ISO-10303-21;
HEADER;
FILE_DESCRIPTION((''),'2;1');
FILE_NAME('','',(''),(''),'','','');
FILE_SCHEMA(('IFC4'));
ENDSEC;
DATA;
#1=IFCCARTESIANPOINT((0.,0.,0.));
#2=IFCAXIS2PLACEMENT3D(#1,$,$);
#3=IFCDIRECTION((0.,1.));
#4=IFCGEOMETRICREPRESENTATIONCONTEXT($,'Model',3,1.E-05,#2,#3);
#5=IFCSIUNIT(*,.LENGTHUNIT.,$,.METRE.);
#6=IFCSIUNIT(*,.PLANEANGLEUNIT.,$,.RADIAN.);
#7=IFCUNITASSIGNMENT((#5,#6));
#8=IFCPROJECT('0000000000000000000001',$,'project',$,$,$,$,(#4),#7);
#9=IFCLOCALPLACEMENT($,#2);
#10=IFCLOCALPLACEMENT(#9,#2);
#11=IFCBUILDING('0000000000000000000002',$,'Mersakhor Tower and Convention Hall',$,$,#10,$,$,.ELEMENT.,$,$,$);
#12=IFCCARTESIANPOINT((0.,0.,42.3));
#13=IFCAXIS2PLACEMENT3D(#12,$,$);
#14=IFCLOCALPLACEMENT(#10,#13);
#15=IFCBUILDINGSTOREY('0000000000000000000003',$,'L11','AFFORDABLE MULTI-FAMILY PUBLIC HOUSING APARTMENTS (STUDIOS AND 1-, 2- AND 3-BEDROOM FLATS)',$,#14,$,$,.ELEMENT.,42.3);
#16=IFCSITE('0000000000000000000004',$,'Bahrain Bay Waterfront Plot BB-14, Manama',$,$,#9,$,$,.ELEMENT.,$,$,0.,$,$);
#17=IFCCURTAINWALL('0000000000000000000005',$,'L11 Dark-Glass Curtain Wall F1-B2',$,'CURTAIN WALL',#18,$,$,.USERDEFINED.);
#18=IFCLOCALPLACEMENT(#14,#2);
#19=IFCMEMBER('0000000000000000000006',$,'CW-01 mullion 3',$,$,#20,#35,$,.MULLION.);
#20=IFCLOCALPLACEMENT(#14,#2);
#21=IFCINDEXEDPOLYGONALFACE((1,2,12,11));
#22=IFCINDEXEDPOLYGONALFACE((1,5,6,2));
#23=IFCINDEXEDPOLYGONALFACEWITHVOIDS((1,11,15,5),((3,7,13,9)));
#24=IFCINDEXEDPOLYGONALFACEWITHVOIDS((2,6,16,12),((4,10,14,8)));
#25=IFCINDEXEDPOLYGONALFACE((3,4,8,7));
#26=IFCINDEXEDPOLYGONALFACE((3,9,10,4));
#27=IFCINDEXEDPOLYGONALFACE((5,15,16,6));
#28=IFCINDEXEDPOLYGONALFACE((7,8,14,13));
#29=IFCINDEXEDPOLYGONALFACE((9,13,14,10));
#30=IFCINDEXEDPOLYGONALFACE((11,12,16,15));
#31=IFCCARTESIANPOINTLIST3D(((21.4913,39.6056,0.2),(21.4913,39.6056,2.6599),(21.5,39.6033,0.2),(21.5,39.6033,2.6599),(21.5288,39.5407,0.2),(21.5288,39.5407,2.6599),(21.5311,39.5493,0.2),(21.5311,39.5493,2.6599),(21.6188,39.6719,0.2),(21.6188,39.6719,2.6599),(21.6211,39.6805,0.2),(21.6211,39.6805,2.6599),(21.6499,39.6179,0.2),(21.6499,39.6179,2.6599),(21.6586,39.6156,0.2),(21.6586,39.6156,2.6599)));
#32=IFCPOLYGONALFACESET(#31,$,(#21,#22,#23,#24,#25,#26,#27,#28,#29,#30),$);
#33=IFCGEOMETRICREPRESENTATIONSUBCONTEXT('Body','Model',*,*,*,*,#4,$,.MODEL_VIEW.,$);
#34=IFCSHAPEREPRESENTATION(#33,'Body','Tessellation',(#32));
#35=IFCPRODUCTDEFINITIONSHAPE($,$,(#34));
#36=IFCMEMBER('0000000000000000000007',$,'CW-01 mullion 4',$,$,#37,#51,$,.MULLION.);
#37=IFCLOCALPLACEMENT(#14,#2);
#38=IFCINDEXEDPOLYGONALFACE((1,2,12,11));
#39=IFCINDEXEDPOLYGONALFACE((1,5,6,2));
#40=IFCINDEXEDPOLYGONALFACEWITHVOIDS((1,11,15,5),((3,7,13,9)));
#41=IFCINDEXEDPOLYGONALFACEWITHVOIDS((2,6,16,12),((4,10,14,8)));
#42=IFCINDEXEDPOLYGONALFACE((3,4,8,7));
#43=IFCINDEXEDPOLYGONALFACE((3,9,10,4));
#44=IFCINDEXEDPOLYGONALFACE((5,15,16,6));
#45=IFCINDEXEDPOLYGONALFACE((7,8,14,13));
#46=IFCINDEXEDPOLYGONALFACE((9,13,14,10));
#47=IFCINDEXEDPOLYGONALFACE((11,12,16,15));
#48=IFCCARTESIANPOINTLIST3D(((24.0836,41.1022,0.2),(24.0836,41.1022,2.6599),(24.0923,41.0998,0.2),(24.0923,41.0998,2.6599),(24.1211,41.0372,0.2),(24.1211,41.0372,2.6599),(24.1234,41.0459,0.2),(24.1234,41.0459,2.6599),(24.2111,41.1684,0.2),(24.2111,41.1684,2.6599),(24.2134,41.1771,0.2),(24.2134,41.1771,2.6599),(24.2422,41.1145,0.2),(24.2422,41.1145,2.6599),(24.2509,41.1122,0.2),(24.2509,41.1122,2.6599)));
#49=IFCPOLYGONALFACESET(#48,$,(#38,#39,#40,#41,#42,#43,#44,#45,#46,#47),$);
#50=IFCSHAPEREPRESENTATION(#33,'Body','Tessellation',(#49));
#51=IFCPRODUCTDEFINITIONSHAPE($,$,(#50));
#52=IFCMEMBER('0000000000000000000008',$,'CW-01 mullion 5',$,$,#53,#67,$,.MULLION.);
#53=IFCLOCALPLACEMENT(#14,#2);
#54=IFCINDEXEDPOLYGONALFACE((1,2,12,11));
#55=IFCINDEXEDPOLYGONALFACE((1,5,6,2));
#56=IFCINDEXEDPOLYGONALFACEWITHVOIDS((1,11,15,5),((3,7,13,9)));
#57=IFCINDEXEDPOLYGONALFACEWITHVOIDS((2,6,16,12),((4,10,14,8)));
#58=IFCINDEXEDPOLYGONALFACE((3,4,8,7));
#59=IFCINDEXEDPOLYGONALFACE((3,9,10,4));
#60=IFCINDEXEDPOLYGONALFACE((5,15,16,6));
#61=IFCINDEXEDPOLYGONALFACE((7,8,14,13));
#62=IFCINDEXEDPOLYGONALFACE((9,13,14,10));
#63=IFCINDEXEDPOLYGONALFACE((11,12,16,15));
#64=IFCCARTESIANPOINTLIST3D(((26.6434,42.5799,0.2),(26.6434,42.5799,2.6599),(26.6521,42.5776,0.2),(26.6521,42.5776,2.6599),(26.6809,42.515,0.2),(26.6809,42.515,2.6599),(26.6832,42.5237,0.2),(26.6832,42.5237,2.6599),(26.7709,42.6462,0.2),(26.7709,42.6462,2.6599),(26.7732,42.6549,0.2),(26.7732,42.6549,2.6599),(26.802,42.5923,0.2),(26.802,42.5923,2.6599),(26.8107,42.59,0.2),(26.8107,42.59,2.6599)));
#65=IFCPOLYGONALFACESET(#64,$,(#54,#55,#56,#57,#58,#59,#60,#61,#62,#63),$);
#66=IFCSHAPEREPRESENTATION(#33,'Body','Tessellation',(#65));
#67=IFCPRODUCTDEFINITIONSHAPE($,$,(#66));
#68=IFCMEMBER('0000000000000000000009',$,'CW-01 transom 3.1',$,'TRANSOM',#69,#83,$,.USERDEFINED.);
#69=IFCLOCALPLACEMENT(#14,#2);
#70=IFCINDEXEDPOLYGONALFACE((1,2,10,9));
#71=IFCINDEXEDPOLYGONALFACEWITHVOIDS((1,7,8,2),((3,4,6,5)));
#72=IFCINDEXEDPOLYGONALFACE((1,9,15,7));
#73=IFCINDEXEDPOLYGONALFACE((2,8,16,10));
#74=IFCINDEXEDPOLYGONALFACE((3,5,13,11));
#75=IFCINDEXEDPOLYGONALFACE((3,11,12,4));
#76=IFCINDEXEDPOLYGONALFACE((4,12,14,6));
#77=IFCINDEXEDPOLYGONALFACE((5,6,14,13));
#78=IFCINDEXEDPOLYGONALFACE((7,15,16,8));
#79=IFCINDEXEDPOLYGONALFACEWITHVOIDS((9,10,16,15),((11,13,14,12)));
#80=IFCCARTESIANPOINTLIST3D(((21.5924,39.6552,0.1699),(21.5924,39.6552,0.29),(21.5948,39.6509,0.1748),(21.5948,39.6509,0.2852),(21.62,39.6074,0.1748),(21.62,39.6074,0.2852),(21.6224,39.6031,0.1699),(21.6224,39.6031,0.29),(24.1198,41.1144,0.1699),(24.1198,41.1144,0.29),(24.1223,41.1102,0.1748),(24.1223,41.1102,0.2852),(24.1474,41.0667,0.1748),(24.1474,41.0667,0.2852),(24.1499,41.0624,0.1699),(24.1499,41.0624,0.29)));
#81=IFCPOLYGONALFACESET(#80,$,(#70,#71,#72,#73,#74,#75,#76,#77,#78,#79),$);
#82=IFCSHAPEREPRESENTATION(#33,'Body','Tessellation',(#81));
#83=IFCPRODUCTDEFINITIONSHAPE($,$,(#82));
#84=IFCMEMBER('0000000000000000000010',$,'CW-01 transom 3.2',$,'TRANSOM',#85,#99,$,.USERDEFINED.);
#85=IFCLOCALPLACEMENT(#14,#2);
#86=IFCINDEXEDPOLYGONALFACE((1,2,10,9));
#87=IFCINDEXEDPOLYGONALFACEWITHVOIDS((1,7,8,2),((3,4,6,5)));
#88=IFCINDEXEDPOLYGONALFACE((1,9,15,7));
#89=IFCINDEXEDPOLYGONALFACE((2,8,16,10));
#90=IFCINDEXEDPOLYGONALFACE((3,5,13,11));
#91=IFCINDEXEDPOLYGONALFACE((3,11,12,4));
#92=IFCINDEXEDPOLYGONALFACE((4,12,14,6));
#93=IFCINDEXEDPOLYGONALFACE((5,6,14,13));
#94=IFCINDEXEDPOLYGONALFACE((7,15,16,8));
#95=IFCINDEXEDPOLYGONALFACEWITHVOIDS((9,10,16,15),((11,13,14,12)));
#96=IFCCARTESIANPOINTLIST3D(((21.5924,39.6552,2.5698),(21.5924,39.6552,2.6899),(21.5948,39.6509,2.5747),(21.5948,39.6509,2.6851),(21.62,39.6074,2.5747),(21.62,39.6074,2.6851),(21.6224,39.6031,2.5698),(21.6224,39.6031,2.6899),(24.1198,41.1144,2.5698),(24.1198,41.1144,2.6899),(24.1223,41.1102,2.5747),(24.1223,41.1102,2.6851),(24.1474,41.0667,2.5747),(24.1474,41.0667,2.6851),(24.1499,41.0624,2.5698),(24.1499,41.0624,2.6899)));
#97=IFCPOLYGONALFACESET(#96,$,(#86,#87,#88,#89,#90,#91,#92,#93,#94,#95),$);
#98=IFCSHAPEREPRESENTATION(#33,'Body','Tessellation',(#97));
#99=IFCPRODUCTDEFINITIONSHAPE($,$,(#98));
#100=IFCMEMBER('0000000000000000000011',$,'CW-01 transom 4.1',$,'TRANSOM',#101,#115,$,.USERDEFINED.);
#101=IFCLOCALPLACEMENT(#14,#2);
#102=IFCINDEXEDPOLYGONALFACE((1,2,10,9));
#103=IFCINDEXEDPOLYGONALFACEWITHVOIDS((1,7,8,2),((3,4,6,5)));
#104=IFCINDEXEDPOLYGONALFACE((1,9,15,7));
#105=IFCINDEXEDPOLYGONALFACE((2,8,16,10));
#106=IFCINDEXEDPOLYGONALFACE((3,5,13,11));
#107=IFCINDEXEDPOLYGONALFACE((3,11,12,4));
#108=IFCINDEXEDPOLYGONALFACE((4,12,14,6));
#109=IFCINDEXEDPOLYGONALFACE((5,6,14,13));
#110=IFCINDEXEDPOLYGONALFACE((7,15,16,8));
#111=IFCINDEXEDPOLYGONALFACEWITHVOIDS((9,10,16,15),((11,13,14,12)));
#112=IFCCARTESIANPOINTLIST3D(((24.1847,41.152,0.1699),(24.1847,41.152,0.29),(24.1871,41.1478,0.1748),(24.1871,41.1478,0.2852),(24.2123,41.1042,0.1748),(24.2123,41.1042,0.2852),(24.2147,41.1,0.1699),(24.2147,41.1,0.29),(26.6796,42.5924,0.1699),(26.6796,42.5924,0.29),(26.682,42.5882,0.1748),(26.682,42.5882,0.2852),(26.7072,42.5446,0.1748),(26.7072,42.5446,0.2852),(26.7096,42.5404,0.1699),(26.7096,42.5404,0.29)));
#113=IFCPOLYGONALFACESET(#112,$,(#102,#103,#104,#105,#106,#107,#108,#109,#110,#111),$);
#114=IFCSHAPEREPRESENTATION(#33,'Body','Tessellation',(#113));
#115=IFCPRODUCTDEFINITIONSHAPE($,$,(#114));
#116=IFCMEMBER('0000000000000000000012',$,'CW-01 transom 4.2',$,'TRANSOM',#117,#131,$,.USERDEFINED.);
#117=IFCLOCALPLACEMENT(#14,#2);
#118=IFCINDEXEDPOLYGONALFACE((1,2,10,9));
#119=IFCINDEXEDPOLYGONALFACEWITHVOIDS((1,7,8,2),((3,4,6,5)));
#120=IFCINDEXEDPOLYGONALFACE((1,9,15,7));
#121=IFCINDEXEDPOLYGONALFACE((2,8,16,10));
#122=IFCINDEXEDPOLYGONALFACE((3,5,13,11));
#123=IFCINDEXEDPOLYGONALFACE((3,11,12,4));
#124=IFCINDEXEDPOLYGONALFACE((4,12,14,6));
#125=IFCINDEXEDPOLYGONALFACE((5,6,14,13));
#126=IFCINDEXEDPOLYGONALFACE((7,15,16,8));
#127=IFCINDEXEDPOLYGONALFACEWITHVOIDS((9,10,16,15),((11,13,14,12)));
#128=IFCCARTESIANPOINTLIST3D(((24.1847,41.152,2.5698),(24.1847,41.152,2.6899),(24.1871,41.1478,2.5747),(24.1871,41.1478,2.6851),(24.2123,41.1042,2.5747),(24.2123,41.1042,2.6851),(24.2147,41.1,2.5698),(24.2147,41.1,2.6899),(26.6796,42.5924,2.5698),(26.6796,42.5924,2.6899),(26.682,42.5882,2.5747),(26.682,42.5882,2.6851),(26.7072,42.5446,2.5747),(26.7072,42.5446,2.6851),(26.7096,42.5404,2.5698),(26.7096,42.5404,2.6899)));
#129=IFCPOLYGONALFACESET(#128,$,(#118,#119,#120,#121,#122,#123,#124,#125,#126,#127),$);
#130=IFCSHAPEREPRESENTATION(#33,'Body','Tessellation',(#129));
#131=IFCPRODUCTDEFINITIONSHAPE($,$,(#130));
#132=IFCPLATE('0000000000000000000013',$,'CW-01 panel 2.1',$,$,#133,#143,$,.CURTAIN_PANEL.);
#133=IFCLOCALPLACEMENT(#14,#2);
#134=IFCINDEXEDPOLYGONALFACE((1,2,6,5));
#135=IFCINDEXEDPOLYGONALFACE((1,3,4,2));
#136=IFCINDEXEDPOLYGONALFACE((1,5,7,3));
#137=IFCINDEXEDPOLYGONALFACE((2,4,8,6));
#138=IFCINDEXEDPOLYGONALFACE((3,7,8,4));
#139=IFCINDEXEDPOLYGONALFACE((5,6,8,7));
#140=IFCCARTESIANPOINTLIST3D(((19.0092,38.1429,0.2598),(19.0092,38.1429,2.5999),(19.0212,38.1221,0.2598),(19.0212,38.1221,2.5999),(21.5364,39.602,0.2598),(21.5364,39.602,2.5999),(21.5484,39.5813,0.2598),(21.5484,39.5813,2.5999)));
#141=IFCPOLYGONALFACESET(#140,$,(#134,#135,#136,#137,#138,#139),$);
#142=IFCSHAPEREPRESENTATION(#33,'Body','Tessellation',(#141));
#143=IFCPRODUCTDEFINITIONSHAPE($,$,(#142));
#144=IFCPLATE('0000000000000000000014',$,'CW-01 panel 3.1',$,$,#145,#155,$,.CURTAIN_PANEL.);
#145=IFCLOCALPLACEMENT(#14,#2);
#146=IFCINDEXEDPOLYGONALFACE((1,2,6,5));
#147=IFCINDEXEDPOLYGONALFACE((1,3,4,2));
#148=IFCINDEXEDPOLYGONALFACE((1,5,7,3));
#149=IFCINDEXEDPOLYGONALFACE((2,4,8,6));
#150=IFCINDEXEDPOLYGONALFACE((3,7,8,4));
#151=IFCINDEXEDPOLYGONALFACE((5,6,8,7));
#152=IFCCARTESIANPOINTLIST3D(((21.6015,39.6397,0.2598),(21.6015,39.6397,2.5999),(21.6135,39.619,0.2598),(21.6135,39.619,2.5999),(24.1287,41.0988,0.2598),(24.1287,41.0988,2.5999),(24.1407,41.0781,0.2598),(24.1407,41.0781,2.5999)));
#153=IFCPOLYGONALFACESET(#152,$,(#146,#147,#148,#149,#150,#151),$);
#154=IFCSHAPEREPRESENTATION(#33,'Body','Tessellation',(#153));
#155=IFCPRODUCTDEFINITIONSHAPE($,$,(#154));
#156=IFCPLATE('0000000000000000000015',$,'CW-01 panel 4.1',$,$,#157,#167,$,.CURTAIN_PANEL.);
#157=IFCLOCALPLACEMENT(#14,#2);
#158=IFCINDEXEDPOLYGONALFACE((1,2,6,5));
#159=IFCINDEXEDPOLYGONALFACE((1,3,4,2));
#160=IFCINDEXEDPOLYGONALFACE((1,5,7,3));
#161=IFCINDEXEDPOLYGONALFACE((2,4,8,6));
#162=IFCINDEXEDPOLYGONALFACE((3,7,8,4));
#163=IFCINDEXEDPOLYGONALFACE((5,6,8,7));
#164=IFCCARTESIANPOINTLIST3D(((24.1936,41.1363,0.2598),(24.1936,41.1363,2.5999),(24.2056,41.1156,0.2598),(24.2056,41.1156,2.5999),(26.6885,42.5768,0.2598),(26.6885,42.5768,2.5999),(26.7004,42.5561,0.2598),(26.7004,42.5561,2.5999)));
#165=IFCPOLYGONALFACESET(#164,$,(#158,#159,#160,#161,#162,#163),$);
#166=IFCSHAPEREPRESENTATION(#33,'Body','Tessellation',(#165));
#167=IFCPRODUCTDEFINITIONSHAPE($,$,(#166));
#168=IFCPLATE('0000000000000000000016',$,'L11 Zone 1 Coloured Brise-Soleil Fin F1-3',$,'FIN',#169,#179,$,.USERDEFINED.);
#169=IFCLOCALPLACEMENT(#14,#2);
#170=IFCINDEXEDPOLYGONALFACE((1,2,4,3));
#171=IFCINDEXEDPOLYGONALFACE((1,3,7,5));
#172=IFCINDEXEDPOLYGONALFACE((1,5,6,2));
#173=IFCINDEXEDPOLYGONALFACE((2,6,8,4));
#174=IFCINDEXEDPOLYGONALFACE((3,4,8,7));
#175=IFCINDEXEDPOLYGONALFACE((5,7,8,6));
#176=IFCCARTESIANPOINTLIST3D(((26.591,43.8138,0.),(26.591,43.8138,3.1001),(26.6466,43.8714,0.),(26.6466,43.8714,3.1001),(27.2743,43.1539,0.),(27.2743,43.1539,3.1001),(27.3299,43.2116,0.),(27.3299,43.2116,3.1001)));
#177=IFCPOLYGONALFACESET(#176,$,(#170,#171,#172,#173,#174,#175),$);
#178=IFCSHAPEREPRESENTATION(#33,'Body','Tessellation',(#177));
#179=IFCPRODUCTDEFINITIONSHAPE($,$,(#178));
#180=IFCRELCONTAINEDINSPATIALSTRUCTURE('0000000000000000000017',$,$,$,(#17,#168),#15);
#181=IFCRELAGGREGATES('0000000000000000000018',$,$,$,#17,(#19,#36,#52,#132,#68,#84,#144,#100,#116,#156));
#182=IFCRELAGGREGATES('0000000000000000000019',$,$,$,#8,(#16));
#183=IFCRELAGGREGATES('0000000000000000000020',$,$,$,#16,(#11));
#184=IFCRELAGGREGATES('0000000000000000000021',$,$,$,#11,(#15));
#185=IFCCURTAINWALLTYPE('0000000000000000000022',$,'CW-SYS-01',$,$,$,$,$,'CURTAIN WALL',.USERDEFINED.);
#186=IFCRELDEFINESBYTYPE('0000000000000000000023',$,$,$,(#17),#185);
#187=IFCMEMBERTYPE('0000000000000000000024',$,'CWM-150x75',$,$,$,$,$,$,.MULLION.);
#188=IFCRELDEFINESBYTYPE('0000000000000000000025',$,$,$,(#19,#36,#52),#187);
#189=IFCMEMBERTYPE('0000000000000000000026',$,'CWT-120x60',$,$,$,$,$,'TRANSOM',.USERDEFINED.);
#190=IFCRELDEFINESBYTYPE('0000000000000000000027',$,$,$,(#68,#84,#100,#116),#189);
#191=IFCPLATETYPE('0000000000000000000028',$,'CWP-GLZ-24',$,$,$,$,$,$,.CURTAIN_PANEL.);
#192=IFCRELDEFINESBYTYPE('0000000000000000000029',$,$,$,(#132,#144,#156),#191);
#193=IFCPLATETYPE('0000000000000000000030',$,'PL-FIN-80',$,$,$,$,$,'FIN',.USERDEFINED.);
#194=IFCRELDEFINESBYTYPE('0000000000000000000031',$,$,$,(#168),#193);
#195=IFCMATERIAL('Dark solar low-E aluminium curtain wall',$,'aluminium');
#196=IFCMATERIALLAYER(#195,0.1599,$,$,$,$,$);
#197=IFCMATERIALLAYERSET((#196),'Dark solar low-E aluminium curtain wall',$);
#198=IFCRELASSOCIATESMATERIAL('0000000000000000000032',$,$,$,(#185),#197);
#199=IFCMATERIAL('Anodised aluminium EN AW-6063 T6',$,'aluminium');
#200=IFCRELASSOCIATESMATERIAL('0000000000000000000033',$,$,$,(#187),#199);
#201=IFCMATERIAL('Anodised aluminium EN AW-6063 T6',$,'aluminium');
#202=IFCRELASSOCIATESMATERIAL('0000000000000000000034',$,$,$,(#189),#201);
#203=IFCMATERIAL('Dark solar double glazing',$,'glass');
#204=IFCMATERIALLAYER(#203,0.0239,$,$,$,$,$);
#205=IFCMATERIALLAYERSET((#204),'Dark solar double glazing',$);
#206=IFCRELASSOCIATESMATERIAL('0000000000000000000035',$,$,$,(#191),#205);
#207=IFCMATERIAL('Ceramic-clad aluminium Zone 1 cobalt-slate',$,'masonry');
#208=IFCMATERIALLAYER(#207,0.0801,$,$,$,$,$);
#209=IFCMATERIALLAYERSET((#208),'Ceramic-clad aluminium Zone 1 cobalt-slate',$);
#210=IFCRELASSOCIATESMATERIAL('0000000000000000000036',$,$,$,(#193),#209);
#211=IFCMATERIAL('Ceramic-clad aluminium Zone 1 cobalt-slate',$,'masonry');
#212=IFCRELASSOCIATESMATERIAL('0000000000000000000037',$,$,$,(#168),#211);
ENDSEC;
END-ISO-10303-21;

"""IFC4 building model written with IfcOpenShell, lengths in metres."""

from ifc_helpers import new_model, si_unit, direction, frame, origin, origin_2d, place, context, subcontext, project, spatial, rectangle, hollow_rectangle, extrude, material, layer, layer_set, material_profile, profile_set, type_object, element, aggregate, save


model = new_model("IFC4")

# Units and contexts
model_context = context("Model", 3, precision=1e-05, world=origin(), true_north=direction((0.0, 1.0)))
body_context = subcontext(model_context, "Body", "Model", "MODEL_VIEW")
ifc_project = project(units=[si_unit("LENGTHUNIT", "METRE"), si_unit("PLANEANGLEUNIT", "RADIAN")], contexts=[model_context])

# Site, building, storey
site_placement = place(None, origin())
site = spatial("IfcSite", under=ifc_project, at=site_placement, Name="Bahrain Bay Waterfront Plot BB-14, Manama", CompositionType="ELEMENT", RefElevation=0.0)
building_placement = place(site_placement, origin())
building = spatial("IfcBuilding", under=site, at=building_placement, Name="Mersakhor Tower and Convention Hall", CompositionType="ELEMENT")
storey_placement = place(building_placement, frame((0.0, 0.0, 42.3)))
storey = spatial("IfcBuildingStorey", under=building, at=storey_placement, Name="L11", Description="AFFORDABLE MULTI-FAMILY PUBLIC HOUSING APARTMENTS (STUDIOS AND 1-, 2- AND 3-BEDROOM FLATS)", CompositionType="ELEMENT", Elevation=42.3)

# Curtain wall, members, plates
ifc_material_1 = material(Name="Dark solar low-E aluminium curtain wall", Category="aluminium")
ifc_layer_1 = layer(ifc_material_1, 0.1599)
ifc_layer_set_1 = layer_set([ifc_layer_1], Name="Dark solar low-E aluminium curtain wall")
curtain_wall_type = type_object("IfcCurtainWallType", Name="CW-SYS-01", ElementType="CURTAIN WALL", PredefinedType="USERDEFINED", material=ifc_layer_set_1)
curtain_wall_placement = place(storey_placement, origin())
curtain_wall = element("IfcCurtainWall", 1, at=curtain_wall_placement, inside=storey, type_object=curtain_wall_type, Name="L11 Dark-Glass Curtain Wall F1-B2", ObjectType="CURTAIN WALL", PredefinedType="USERDEFINED")
ifc_material_2 = material(Name="Anodised aluminium EN AW-6063 T6", Category="aluminium")
ifc_material_profile_1 = material_profile(ifc_material_2, hollow_rectangle(XDim=0.075, YDim=0.1499, WallThickness=0.0063, at=origin_2d()), Name="RHS 150x75x6.3")
ifc_profile_set_1 = profile_set([ifc_material_profile_1], Name="Anodised aluminium EN AW-6063 T6")
member_type_1 = type_object("IfcMemberType", Name="CWM-150x75", PredefinedType="MULLION", material=ifc_profile_set_1)
member_1_placement = place(storey_placement, frame((21.575, 39.6106, 0.2), z_axis=(0.0, 0.0, 1.0), x_axis=(-0.500003, 0.866023, 0.0)))
member_1 = element("IfcMember", 2, at=member_1_placement, type_object=member_type_1, Name="CW-01 mullion 3", PredefinedType="MULLION", context=body_context, shape_type="SweptSolid", body=[
    extrude(hollow_rectangle(XDim=0.075, YDim=0.1499, WallThickness=0.0063, at=origin_2d()), origin(), (0.0, 0.0, 1.0), 2.46),
])
member_2_placement = place(storey_placement, frame((24.1672, 41.1072, 0.2), z_axis=(0.0, 0.0, 1.0), x_axis=(-0.500003, 0.866023, 0.0)))
member_2 = element("IfcMember", 3, at=member_2_placement, type_object=member_type_1, Name="CW-01 mullion 4", PredefinedType="MULLION", context=body_context, shape_type="SweptSolid", body=[
    extrude(hollow_rectangle(XDim=0.075, YDim=0.1499, WallThickness=0.0063, at=origin_2d()), origin(), (0.0, 0.0, 1.0), 2.46),
])
member_3_placement = place(storey_placement, frame((26.7271, 42.585, 0.2), z_axis=(0.0, 0.0, 1.0), x_axis=(-0.500003, 0.866023, 0.0)))
member_3 = element("IfcMember", 4, at=member_3_placement, type_object=member_type_1, Name="CW-01 mullion 5", PredefinedType="MULLION", context=body_context, shape_type="SweptSolid", body=[
    extrude(hollow_rectangle(XDim=0.075, YDim=0.1499, WallThickness=0.0063, at=origin_2d()), origin(), (0.0, 0.0, 1.0), 2.46),
])
ifc_material_3 = material(Name="Anodised aluminium EN AW-6063 T6", Category="aluminium")
ifc_material_profile_2 = material_profile(ifc_material_3, hollow_rectangle(XDim=0.0601, YDim=0.1201, WallThickness=0.0049, at=origin_2d()), Name="RHS 120x60x5")
ifc_profile_set_2 = profile_set([ifc_material_profile_2], Name="Anodised aluminium EN AW-6063 T6")
member_type_2 = type_object("IfcMemberType", Name="CWT-120x60", ElementType="TRANSOM", PredefinedType="USERDEFINED", material=ifc_profile_set_2)
member_4_placement = place(storey_placement, frame((21.6074, 39.6292, 0.23), z_axis=(0.866016, 0.500017, 0.0), x_axis=(-0.500017, 0.866016, 0.0)))
member_4 = element("IfcMember", 5, at=member_4_placement, type_object=member_type_2, Name="CW-01 transom 3.1", ObjectType="TRANSOM", PredefinedType="USERDEFINED", context=body_context, shape_type="SweptSolid", body=[
    extrude(hollow_rectangle(XDim=0.0601, YDim=0.1201, WallThickness=0.0049, at=origin_2d()), origin(), (0.0, 0.0, 1.0), 2.9185),
])
member_5_placement = place(storey_placement, frame((21.6074, 39.6292, 2.6299), z_axis=(0.866016, 0.500017, 0.0), x_axis=(-0.500017, 0.866016, 0.0)))
member_5 = element("IfcMember", 6, at=member_5_placement, type_object=member_type_2, Name="CW-01 transom 3.2", ObjectType="TRANSOM", PredefinedType="USERDEFINED", context=body_context, shape_type="SweptSolid", body=[
    extrude(hollow_rectangle(XDim=0.0601, YDim=0.1201, WallThickness=0.0049, at=origin_2d()), origin(), (0.0, 0.0, 1.0), 2.9185),
])
member_6_placement = place(storey_placement, frame((24.1997, 41.126, 0.23), z_axis=(0.866023, 0.500004, 0.0), x_axis=(-0.500004, 0.866023, 0.0)))
member_6 = element("IfcMember", 7, at=member_6_placement, type_object=member_type_2, Name="CW-01 transom 4.1", ObjectType="TRANSOM", PredefinedType="USERDEFINED", context=body_context, shape_type="SweptSolid", body=[
    extrude(hollow_rectangle(XDim=0.0601, YDim=0.1201, WallThickness=0.0049, at=origin_2d()), origin(), (0.0, 0.0, 1.0), 2.8809),
])
member_7_placement = place(storey_placement, frame((24.1997, 41.126, 2.6299), z_axis=(0.866023, 0.500004, 0.0), x_axis=(-0.500004, 0.866023, 0.0)))
member_7 = element("IfcMember", 8, at=member_7_placement, type_object=member_type_2, Name="CW-01 transom 4.2", ObjectType="TRANSOM", PredefinedType="USERDEFINED", context=body_context, shape_type="SweptSolid", body=[
    extrude(hollow_rectangle(XDim=0.0601, YDim=0.1201, WallThickness=0.0049, at=origin_2d()), origin(), (0.0, 0.0, 1.0), 2.8809),
])
ifc_material_4 = material(Name="Dark solar double glazing", Category="glass")
ifc_layer_2 = layer(ifc_material_4, 0.0239)
ifc_layer_set_2 = layer_set([ifc_layer_2], Name="Dark solar double glazing")
plate_type_1 = type_object("IfcPlateType", Name="CWP-GLZ-24", PredefinedType="CURTAIN_PANEL", material=ifc_layer_set_2)
plate_1_placement = place(storey_placement, frame((20.2788, 38.8621, 0.2598), z_axis=(0.0, 0.0, 1.0), x_axis=(0.866023, 0.500003, 0.0)))
plate_1 = element("IfcPlate", 9, at=plate_1_placement, type_object=plate_type_1, Name="CW-01 panel 2.1", PredefinedType="CURTAIN_PANEL", context=body_context, shape_type="SweptSolid", body=[
    extrude(rectangle(XDim=2.9182, YDim=0.0239, at=origin_2d()), origin(), (0.0, 0.0, 1.0), 2.3401),
])
plate_2_placement = place(storey_placement, frame((22.8711, 40.3589, 0.2598), z_axis=(0.0, 0.0, 1.0), x_axis=(0.866023, 0.500003, 0.0)))
plate_2 = element("IfcPlate", 10, at=plate_2_placement, type_object=plate_type_1, Name="CW-01 panel 3.1", PredefinedType="CURTAIN_PANEL", context=body_context, shape_type="SweptSolid", body=[
    extrude(rectangle(XDim=2.9182, YDim=0.0239, at=origin_2d()), origin(), (0.0, 0.0, 1.0), 2.3401),
])
plate_3_placement = place(storey_placement, frame((25.447, 41.8462, 0.2598), z_axis=(0.0, 0.0, 1.0), x_axis=(0.866023, 0.500003, 0.0)))
plate_3 = element("IfcPlate", 11, at=plate_3_placement, type_object=plate_type_1, Name="CW-01 panel 4.1", PredefinedType="CURTAIN_PANEL", context=body_context, shape_type="SweptSolid", body=[
    extrude(rectangle(XDim=2.8809, YDim=0.0239, at=origin_2d()), origin(), (0.0, 0.0, 1.0), 2.3401),
])
aggregate(curtain_wall, [member_1, member_2, member_3, plate_1, member_4, member_5, plate_2, member_6, member_7, plate_3])

# Plate
ifc_material_5 = material(Name="Ceramic-clad aluminium Zone 1 cobalt-slate", Category="masonry")
ifc_material_6 = material(Name="Ceramic-clad aluminium Zone 1 cobalt-slate", Category="masonry")
ifc_layer_3 = layer(ifc_material_6, 0.0801)
ifc_layer_set_3 = layer_set([ifc_layer_3], Name="Ceramic-clad aluminium Zone 1 cobalt-slate")
plate_type_2 = type_object("IfcPlateType", Name="PL-FIN-80", ElementType="FIN", PredefinedType="USERDEFINED", material=ifc_layer_set_3)
plate_4_placement = place(storey_placement, frame((26.9604, 43.5127, 0.0), z_axis=(0.0, 0.0, 1.0), x_axis=(-0.71934, 0.694658, 0.0)))
element("IfcPlate", 12, at=plate_4_placement, inside=storey, type_object=plate_type_2, material=ifc_material_5, Name="L11 Zone 1 Coloured Brise-Soleil Fin F1-3", ObjectType="FIN", PredefinedType="USERDEFINED", context=body_context, shape_type="SweptSolid", body=[
    extrude(rectangle(XDim=0.95, YDim=0.0801, at=origin_2d()), origin(), (0.0, 0.0, 1.0), 3.1001),
])

save(model, "model.ifc")
